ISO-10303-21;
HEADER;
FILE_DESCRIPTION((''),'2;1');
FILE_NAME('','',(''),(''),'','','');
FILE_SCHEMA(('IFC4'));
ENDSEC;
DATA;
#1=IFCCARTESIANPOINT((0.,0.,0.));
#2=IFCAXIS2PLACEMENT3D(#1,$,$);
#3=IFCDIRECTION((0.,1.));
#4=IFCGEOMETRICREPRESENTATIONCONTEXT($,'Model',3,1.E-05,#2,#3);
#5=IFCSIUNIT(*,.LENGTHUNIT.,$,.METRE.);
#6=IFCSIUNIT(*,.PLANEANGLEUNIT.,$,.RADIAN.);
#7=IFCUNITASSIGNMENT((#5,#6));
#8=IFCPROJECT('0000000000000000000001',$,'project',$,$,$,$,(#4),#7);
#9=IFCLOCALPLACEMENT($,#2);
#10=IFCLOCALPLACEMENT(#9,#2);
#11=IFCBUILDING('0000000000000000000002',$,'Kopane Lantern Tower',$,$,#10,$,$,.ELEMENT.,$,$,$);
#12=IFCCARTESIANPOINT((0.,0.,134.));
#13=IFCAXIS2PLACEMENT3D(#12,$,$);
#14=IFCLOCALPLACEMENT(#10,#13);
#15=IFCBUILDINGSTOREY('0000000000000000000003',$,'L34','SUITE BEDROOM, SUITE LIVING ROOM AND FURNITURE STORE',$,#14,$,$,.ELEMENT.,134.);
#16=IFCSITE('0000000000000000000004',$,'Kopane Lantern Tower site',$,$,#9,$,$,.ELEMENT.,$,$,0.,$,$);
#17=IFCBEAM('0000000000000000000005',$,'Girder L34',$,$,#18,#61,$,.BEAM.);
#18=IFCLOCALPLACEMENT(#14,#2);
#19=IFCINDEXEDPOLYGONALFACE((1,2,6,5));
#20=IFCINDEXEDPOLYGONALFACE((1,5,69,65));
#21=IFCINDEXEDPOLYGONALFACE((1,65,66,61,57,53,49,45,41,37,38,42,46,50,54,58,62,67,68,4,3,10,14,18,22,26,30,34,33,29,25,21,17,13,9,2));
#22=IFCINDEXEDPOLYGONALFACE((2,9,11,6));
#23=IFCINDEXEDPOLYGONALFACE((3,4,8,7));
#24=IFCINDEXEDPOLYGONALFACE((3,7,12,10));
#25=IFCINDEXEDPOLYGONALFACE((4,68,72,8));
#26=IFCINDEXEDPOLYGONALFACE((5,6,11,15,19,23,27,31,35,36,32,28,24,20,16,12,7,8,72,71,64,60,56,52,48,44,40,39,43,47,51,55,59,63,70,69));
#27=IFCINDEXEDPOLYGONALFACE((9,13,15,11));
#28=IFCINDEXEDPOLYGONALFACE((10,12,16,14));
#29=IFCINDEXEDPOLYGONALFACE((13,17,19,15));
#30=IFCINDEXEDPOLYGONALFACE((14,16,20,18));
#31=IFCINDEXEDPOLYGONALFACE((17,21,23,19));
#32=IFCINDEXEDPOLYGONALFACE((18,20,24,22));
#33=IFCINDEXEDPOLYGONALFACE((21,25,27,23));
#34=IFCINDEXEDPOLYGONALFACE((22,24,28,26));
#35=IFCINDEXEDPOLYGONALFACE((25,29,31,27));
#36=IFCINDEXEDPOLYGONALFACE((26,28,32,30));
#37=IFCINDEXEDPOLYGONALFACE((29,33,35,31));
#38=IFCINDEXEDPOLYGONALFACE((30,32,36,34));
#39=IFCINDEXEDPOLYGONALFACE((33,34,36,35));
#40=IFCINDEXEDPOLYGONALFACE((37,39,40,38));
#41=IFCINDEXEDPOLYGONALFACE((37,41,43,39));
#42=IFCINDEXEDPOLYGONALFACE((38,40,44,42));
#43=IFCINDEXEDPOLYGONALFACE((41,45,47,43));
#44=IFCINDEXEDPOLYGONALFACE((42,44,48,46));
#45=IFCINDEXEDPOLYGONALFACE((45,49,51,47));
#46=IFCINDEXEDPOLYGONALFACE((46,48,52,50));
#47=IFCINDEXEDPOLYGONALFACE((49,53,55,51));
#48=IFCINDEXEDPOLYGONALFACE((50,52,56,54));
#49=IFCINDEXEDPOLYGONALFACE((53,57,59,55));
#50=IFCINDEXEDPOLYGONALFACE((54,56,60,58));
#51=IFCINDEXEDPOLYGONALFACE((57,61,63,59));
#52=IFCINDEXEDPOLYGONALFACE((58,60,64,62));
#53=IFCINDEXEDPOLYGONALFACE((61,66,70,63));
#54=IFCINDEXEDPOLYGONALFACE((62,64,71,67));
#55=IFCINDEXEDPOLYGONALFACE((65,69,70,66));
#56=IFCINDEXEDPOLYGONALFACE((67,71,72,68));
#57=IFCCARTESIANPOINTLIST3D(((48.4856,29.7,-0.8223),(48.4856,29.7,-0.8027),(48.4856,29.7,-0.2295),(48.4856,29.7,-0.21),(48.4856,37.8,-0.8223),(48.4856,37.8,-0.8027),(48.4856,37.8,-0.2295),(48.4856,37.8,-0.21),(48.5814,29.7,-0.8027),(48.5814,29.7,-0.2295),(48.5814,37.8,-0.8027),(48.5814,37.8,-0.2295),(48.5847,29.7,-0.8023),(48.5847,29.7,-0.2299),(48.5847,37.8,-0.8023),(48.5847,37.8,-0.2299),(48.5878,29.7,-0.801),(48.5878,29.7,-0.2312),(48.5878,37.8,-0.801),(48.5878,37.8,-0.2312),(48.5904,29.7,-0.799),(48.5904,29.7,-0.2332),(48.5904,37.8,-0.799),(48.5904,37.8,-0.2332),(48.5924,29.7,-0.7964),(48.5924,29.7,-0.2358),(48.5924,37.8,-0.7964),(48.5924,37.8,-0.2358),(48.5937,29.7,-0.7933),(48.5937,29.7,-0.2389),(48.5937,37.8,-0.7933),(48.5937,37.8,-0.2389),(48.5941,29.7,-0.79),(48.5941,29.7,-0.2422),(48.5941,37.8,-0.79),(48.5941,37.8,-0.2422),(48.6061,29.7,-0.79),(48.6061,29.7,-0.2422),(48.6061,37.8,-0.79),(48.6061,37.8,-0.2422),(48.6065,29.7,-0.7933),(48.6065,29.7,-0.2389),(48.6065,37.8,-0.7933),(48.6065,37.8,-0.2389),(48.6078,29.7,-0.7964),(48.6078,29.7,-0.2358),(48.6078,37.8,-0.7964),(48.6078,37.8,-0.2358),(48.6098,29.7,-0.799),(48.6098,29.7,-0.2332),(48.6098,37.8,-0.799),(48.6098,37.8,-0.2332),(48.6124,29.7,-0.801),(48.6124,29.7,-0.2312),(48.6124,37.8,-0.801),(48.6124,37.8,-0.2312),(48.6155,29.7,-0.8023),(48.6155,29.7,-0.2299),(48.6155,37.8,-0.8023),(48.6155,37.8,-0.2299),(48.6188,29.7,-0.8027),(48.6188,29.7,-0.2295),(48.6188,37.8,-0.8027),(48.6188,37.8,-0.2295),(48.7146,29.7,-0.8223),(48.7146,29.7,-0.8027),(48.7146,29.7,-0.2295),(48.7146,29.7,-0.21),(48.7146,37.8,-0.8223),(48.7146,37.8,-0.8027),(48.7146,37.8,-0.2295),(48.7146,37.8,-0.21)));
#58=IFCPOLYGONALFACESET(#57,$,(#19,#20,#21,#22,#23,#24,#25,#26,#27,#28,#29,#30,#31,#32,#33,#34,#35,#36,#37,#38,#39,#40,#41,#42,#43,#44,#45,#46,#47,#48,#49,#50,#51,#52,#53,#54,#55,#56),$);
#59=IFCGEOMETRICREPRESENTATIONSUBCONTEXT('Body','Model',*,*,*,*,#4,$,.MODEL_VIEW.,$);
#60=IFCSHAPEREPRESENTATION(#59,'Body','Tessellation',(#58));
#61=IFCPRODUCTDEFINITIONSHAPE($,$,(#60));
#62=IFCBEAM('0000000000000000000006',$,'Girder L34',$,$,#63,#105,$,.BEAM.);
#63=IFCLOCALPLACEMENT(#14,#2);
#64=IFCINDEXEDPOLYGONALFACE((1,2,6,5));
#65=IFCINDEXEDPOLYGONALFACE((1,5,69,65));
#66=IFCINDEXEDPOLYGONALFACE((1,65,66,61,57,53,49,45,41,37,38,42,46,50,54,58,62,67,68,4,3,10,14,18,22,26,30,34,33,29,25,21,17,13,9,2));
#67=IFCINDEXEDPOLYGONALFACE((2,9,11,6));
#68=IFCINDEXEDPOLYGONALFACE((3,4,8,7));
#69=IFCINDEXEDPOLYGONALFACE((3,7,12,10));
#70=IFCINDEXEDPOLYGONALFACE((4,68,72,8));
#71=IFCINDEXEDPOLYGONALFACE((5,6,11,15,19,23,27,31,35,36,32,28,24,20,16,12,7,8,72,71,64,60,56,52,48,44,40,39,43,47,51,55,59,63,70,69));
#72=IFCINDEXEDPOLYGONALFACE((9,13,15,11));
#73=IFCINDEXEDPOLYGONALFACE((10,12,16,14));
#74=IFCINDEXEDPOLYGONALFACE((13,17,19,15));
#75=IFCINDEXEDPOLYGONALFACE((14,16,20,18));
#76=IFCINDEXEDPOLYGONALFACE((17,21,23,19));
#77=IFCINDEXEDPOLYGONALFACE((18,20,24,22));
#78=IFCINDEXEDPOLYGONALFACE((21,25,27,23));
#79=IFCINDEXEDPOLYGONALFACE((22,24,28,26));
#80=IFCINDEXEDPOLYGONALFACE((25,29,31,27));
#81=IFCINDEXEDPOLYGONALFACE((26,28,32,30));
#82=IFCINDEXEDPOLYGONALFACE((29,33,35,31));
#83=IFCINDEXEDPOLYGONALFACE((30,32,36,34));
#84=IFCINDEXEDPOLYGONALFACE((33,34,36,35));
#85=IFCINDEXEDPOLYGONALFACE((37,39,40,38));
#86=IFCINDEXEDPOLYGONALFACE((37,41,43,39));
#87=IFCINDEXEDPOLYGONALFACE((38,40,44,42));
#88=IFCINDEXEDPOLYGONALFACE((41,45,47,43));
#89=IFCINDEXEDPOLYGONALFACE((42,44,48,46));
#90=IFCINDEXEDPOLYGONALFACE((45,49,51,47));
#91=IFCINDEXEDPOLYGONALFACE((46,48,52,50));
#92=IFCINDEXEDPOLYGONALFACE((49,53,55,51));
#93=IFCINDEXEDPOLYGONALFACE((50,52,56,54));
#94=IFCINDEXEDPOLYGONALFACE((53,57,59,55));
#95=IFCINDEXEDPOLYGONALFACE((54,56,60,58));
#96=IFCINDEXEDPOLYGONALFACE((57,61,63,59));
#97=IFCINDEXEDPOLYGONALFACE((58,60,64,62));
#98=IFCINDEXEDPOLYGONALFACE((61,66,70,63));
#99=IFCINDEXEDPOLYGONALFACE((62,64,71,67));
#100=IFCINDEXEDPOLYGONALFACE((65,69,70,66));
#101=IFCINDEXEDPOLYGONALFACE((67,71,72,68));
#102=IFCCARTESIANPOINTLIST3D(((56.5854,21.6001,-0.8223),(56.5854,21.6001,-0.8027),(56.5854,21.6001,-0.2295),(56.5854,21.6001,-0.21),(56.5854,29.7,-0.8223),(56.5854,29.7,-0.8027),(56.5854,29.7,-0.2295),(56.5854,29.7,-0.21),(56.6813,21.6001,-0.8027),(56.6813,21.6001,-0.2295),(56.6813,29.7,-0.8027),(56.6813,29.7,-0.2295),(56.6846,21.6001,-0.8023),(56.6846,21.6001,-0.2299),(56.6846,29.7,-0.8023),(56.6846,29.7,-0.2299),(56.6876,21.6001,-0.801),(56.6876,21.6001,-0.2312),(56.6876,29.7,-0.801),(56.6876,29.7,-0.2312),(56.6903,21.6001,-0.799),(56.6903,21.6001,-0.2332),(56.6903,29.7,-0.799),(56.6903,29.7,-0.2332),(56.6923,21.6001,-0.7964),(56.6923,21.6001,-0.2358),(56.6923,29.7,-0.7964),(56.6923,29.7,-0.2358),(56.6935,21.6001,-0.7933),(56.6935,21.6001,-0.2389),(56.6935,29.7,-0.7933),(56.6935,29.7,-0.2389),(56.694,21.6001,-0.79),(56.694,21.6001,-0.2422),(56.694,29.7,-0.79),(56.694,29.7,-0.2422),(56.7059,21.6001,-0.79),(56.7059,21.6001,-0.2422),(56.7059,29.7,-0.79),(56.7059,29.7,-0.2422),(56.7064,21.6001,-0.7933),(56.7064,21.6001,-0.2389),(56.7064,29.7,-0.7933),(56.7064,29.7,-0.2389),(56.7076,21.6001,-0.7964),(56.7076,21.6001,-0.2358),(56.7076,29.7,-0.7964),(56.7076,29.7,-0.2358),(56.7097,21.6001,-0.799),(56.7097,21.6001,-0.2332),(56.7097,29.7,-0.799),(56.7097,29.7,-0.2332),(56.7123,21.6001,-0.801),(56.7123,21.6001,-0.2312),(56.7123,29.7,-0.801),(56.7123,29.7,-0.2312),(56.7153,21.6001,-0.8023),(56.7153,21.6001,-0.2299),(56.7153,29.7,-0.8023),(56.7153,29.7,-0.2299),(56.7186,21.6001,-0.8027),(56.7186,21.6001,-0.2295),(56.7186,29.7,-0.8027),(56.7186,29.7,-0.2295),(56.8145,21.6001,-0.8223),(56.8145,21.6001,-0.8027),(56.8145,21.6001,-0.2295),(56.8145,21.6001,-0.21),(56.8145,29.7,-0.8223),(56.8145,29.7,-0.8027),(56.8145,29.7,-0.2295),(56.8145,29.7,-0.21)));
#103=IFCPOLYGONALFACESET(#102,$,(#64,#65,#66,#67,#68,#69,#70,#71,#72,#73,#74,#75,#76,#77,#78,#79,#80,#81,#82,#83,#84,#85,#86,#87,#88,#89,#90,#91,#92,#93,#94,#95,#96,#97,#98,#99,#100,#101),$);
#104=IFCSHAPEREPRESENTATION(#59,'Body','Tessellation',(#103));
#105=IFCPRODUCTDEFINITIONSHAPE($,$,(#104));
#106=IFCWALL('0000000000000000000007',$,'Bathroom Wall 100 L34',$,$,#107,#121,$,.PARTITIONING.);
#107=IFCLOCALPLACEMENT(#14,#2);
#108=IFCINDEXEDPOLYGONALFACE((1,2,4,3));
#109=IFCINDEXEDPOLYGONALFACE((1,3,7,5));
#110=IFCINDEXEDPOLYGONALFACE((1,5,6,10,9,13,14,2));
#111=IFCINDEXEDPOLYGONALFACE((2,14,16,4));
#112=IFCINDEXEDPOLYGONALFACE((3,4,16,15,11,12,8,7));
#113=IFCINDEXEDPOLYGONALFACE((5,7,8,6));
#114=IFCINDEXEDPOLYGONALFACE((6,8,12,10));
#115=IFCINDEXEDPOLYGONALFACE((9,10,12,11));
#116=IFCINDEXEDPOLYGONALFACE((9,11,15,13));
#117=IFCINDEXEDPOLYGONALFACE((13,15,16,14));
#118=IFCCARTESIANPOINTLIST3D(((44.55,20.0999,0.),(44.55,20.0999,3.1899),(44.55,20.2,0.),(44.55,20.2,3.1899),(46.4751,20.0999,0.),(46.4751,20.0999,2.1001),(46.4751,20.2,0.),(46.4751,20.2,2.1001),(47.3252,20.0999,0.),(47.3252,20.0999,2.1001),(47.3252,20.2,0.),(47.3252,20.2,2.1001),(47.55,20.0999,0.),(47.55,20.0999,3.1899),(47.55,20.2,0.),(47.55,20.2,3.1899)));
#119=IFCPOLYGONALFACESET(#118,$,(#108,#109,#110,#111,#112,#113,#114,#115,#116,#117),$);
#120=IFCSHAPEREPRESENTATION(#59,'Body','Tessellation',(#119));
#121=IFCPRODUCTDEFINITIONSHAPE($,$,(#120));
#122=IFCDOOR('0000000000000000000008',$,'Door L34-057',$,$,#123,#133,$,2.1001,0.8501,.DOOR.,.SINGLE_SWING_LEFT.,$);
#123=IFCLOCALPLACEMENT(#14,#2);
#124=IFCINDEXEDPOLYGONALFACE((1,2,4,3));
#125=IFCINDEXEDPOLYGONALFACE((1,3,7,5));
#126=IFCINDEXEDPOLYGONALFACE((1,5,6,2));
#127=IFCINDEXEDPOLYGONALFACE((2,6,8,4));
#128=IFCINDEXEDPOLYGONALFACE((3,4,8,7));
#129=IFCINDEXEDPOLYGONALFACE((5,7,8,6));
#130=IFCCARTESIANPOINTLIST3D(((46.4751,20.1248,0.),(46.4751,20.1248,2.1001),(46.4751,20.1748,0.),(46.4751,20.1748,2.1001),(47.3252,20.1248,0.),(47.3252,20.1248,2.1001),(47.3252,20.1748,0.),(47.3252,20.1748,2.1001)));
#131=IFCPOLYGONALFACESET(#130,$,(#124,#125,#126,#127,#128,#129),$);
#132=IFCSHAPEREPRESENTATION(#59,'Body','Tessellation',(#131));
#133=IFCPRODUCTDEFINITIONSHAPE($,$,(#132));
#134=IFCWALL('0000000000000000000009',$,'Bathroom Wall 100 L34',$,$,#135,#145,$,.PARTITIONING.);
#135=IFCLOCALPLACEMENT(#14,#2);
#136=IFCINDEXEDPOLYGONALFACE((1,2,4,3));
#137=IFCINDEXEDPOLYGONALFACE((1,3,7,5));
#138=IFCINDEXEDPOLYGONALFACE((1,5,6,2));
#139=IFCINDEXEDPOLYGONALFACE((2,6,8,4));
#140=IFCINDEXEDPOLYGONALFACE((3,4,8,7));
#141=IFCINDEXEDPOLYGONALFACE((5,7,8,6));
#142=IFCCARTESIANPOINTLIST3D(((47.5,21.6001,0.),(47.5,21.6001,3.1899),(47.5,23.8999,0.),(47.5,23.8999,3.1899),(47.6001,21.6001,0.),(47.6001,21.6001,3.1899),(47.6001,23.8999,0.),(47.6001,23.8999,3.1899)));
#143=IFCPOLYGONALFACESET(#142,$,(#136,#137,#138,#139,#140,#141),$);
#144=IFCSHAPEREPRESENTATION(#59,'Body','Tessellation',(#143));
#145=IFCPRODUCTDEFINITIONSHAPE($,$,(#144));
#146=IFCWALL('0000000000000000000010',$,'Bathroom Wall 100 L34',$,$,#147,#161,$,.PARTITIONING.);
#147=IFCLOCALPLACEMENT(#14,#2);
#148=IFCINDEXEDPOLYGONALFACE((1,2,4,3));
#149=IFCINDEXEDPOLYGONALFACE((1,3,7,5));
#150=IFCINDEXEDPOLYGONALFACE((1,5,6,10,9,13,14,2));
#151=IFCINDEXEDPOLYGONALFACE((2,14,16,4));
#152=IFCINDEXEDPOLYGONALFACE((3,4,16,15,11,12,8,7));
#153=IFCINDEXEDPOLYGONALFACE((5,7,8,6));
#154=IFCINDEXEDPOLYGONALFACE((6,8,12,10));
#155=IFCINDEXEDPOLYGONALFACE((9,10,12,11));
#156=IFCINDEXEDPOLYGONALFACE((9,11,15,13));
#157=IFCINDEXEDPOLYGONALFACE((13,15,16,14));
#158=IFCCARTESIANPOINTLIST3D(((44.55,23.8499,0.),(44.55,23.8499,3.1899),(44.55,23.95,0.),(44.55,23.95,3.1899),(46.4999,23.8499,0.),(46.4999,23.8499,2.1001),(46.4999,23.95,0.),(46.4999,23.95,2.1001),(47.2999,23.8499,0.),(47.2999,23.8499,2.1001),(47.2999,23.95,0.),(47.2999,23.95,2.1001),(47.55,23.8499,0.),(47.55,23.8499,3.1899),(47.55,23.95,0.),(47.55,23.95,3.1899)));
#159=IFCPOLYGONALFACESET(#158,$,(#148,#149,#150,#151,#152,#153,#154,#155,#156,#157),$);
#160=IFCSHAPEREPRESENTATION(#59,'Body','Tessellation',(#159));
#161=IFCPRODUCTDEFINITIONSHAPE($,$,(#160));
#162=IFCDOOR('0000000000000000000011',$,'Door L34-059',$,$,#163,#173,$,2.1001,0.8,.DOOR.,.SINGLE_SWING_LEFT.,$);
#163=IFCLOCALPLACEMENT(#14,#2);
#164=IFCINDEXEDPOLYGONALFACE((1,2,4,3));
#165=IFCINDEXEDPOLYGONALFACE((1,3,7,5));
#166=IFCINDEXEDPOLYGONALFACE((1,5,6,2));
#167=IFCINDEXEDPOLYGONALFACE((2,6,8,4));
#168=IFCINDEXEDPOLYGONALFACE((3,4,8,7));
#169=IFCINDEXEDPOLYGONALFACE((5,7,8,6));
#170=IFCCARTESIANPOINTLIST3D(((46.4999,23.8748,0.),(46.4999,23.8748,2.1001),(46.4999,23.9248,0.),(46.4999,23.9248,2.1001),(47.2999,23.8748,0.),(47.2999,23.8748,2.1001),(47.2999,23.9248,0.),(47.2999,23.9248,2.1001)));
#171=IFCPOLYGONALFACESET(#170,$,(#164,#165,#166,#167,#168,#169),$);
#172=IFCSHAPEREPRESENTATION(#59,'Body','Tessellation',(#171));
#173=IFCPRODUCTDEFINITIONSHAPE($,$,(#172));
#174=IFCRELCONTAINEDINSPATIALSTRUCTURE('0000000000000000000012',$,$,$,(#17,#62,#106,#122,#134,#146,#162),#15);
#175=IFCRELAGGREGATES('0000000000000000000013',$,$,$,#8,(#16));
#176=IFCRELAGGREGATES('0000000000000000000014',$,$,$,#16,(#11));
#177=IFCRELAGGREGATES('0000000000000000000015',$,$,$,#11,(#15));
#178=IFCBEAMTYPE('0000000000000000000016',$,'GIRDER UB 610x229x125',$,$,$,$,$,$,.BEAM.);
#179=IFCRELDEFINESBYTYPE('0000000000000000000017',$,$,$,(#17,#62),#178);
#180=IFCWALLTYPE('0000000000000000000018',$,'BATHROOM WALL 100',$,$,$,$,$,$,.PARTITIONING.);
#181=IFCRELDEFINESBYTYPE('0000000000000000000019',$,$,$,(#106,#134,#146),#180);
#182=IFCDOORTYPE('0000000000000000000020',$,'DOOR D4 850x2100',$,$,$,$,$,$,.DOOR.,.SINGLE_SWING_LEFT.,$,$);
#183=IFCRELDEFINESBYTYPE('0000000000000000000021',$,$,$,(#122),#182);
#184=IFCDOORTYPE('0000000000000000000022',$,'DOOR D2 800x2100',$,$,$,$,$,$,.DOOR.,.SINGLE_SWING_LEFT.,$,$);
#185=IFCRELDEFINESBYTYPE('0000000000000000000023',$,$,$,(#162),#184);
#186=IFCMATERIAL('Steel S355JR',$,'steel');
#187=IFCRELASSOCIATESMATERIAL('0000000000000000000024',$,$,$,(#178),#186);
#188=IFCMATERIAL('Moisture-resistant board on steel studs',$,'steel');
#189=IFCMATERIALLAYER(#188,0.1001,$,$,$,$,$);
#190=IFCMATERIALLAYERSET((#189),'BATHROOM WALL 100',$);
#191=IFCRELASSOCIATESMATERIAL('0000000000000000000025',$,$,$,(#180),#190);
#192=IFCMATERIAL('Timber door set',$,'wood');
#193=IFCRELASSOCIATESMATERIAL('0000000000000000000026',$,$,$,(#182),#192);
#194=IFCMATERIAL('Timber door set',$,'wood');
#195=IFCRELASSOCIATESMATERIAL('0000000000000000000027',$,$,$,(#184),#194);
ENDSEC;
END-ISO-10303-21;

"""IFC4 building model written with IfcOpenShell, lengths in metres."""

from ifc_helpers import new_model, si_unit, direction, frame, frame_2d, origin, origin_2d, place, context, subcontext, project, spatial, rectangle, i_section, extrude, material, layer, layer_set, material_profile, profile_set, type_object, element, fill, save


model = new_model("IFC4")

# Units and contexts
model_context = context("Model", 3, precision=1e-05, world=origin(), true_north=direction((0.0, 1.0)))
body_context = subcontext(model_context, "Body", "Model", "MODEL_VIEW")
ifc_project = project(units=[si_unit("LENGTHUNIT", "METRE"), si_unit("PLANEANGLEUNIT", "RADIAN")], contexts=[model_context])

# Site, building, storey
site_placement = place(None, origin())
site = spatial("IfcSite", under=ifc_project, at=site_placement, Name="Kopane Lantern Tower site", CompositionType="ELEMENT", RefElevation=0.0)
building_placement = place(site_placement, origin())
building = spatial("IfcBuilding", under=site, at=building_placement, Name="Kopane Lantern Tower", CompositionType="ELEMENT")
storey_placement = place(building_placement, frame((0.0, 0.0, 134.0)))
storey = spatial("IfcBuildingStorey", under=building, at=storey_placement, Name="L34", Description="SUITE BEDROOM, SUITE LIVING ROOM AND FURNITURE STORE", CompositionType="ELEMENT", Elevation=134.0)

# Beams
ifc_material_1 = material(Name="Steel S355JR", Category="steel")
ifc_material_profile_1 = material_profile(ifc_material_1, i_section(OverallWidth=0.229, OverallDepth=0.6123, WebThickness=0.012, FlangeThickness=0.0195, FilletRadius=0.0127, at=origin_2d()), Name="UB 610x229x125")
ifc_profile_set_1 = profile_set([ifc_material_profile_1], Name="Steel S355JR")
beam_type_1 = type_object("IfcBeamType", Name="GIRDER UB 610x229x125", PredefinedType="BEAM", material=ifc_profile_set_1)
beam_1_placement = place(storey_placement, frame((48.6001, 29.7, -0.5161), z_axis=(0.0, 1.0, 0.0), x_axis=(-1.0, 0.0, 0.0)))
element("IfcBeam", 1, at=beam_1_placement, inside=storey, type_object=beam_type_1, Name="Girder L34", PredefinedType="BEAM", context=body_context, shape_type="SweptSolid", body=[
    extrude(i_section(OverallWidth=0.229, OverallDepth=0.6123, WebThickness=0.012, FlangeThickness=0.0195, FilletRadius=0.0127, at=origin_2d()), origin(), (0.0, 0.0, 1.0), 8.1001),
])
beam_2_placement = place(storey_placement, frame((56.7, 21.6001, -0.5161), z_axis=(0.0, 1.0, 0.0), x_axis=(-1.0, 0.0, 0.0)))
element("IfcBeam", 2, at=beam_2_placement, inside=storey, type_object=beam_type_1, Name="Girder L34", PredefinedType="BEAM", context=body_context, shape_type="SweptSolid", body=[
    extrude(i_section(OverallWidth=0.229, OverallDepth=0.6123, WebThickness=0.012, FlangeThickness=0.0195, FilletRadius=0.0127, at=origin_2d()), origin(), (0.0, 0.0, 1.0), 8.0999),
])

# Wall, opening, door
ifc_material_2 = material(Name="Moisture-resistant board on steel studs", Category="steel")
ifc_layer_1 = layer(ifc_material_2, 0.1001)
ifc_layer_set_1 = layer_set([ifc_layer_1], Name="BATHROOM WALL 100")
wall_type_1 = type_object("IfcWallType", Name="BATHROOM WALL 100", PredefinedType="PARTITIONING", material=ifc_layer_set_1)
wall_1_placement = place(storey_placement, frame((44.55, 20.1499, 0.0), z_axis=(0.0, 0.0, 1.0), x_axis=(1.0, 0.0, 0.0)))
wall_1 = element("IfcWall", 3, at=wall_1_placement, inside=storey, type_object=wall_type_1, Name="Bathroom Wall 100 L34", PredefinedType="PARTITIONING", context=body_context, shape_type="SweptSolid", body=[
    extrude(rectangle(XDim=3.0, YDim=0.1001, at=frame_2d((1.5, 0.0))), origin(), (0.0, 0.0, 1.0), 3.1899),
])
opening_1_placement = place(wall_1_placement, frame((1.925, 0.0, 0.0)))
opening_1 = element("IfcOpeningElement", 4, at=opening_1_placement, cuts=wall_1, PredefinedType="OPENING", context=body_context, shape_type="SweptSolid", body=[
    extrude(rectangle(XDim=0.8501, YDim=2.1001, at=frame_2d((0.425, 1.05))), frame((0.0, 0.0601, 0.0), z_axis=(0.0, -1.0, 0.0), x_axis=(1.0, 0.0, 0.0)), (0.0, 0.0, 1.0), 0.1201),
])
ifc_material_3 = material(Name="Timber door set", Category="wood")
door_type_1 = type_object("IfcDoorType", Name="DOOR D4 850x2100", OperationType="SINGLE_SWING_LEFT", PredefinedType="DOOR", material=ifc_material_3)
door_1_placement = place(opening_1_placement, origin())
door_1 = element("IfcDoor", 5, at=door_1_placement, inside=storey, type_object=door_type_1, Name="Door L34-057", OperationType="SINGLE_SWING_LEFT", OverallHeight=2.1001, OverallWidth=0.8501, PredefinedType="DOOR", context=body_context, shape_type="SweptSolid", body=[
    extrude(rectangle(XDim=0.8501, YDim=2.1001, at=frame_2d((0.425, 1.05))), frame((0.0, 0.0249, 0.0), z_axis=(0.0, -1.0, 0.0), x_axis=(1.0, 0.0, 0.0)), (0.0, 0.0, 1.0), 0.05),
])
fill(opening_1, door_1)

# Wall
wall_2_placement = place(storey_placement, frame((47.55, 21.6001, 0.0), z_axis=(0.0, 0.0, 1.0), x_axis=(0.0, 1.0, 0.0)))
element("IfcWall", 6, at=wall_2_placement, inside=storey, type_object=wall_type_1, Name="Bathroom Wall 100 L34", PredefinedType="PARTITIONING", context=body_context, shape_type="SweptSolid", body=[
    extrude(rectangle(XDim=2.2998, YDim=0.1001, at=frame_2d((1.1499, 0.0))), origin(), (0.0, 0.0, 1.0), 3.1899),
])

# Wall, opening, door
wall_3_placement = place(storey_placement, frame((44.55, 23.8999, 0.0), z_axis=(0.0, 0.0, 1.0), x_axis=(1.0, 0.0, 0.0)))
wall_3 = element("IfcWall", 7, at=wall_3_placement, inside=storey, type_object=wall_type_1, Name="Bathroom Wall 100 L34", PredefinedType="PARTITIONING", context=body_context, shape_type="SweptSolid", body=[
    extrude(rectangle(XDim=3.0, YDim=0.1001, at=frame_2d((1.5, 0.0))), origin(), (0.0, 0.0, 1.0), 3.1899),
])
opening_2_placement = place(wall_3_placement, frame((1.95, 0.0, 0.0)))
opening_2 = element("IfcOpeningElement", 8, at=opening_2_placement, cuts=wall_3, PredefinedType="OPENING", context=body_context, shape_type="SweptSolid", body=[
    extrude(rectangle(XDim=0.8, YDim=2.1001, at=frame_2d((0.3999, 1.05))), frame((0.0, 0.0601, 0.0), z_axis=(0.0, -1.0, 0.0), x_axis=(1.0, 0.0, 0.0)), (0.0, 0.0, 1.0), 0.1201),
])
ifc_material_4 = material(Name="Timber door set", Category="wood")
door_type_2 = type_object("IfcDoorType", Name="DOOR D2 800x2100", OperationType="SINGLE_SWING_LEFT", PredefinedType="DOOR", material=ifc_material_4)
door_2_placement = place(opening_2_placement, origin())
door_2 = element("IfcDoor", 9, at=door_2_placement, inside=storey, type_object=door_type_2, Name="Door L34-059", OperationType="SINGLE_SWING_LEFT", OverallHeight=2.1001, OverallWidth=0.8, PredefinedType="DOOR", context=body_context, shape_type="SweptSolid", body=[
    extrude(rectangle(XDim=0.8, YDim=2.1001, at=frame_2d((0.3999, 1.05))), frame((0.0, 0.0249, 0.0), z_axis=(0.0, -1.0, 0.0), x_axis=(1.0, 0.0, 0.0)), (0.0, 0.0, 1.0), 0.05),
])
fill(opening_2, door_2)

save(model, "model.ifc")
